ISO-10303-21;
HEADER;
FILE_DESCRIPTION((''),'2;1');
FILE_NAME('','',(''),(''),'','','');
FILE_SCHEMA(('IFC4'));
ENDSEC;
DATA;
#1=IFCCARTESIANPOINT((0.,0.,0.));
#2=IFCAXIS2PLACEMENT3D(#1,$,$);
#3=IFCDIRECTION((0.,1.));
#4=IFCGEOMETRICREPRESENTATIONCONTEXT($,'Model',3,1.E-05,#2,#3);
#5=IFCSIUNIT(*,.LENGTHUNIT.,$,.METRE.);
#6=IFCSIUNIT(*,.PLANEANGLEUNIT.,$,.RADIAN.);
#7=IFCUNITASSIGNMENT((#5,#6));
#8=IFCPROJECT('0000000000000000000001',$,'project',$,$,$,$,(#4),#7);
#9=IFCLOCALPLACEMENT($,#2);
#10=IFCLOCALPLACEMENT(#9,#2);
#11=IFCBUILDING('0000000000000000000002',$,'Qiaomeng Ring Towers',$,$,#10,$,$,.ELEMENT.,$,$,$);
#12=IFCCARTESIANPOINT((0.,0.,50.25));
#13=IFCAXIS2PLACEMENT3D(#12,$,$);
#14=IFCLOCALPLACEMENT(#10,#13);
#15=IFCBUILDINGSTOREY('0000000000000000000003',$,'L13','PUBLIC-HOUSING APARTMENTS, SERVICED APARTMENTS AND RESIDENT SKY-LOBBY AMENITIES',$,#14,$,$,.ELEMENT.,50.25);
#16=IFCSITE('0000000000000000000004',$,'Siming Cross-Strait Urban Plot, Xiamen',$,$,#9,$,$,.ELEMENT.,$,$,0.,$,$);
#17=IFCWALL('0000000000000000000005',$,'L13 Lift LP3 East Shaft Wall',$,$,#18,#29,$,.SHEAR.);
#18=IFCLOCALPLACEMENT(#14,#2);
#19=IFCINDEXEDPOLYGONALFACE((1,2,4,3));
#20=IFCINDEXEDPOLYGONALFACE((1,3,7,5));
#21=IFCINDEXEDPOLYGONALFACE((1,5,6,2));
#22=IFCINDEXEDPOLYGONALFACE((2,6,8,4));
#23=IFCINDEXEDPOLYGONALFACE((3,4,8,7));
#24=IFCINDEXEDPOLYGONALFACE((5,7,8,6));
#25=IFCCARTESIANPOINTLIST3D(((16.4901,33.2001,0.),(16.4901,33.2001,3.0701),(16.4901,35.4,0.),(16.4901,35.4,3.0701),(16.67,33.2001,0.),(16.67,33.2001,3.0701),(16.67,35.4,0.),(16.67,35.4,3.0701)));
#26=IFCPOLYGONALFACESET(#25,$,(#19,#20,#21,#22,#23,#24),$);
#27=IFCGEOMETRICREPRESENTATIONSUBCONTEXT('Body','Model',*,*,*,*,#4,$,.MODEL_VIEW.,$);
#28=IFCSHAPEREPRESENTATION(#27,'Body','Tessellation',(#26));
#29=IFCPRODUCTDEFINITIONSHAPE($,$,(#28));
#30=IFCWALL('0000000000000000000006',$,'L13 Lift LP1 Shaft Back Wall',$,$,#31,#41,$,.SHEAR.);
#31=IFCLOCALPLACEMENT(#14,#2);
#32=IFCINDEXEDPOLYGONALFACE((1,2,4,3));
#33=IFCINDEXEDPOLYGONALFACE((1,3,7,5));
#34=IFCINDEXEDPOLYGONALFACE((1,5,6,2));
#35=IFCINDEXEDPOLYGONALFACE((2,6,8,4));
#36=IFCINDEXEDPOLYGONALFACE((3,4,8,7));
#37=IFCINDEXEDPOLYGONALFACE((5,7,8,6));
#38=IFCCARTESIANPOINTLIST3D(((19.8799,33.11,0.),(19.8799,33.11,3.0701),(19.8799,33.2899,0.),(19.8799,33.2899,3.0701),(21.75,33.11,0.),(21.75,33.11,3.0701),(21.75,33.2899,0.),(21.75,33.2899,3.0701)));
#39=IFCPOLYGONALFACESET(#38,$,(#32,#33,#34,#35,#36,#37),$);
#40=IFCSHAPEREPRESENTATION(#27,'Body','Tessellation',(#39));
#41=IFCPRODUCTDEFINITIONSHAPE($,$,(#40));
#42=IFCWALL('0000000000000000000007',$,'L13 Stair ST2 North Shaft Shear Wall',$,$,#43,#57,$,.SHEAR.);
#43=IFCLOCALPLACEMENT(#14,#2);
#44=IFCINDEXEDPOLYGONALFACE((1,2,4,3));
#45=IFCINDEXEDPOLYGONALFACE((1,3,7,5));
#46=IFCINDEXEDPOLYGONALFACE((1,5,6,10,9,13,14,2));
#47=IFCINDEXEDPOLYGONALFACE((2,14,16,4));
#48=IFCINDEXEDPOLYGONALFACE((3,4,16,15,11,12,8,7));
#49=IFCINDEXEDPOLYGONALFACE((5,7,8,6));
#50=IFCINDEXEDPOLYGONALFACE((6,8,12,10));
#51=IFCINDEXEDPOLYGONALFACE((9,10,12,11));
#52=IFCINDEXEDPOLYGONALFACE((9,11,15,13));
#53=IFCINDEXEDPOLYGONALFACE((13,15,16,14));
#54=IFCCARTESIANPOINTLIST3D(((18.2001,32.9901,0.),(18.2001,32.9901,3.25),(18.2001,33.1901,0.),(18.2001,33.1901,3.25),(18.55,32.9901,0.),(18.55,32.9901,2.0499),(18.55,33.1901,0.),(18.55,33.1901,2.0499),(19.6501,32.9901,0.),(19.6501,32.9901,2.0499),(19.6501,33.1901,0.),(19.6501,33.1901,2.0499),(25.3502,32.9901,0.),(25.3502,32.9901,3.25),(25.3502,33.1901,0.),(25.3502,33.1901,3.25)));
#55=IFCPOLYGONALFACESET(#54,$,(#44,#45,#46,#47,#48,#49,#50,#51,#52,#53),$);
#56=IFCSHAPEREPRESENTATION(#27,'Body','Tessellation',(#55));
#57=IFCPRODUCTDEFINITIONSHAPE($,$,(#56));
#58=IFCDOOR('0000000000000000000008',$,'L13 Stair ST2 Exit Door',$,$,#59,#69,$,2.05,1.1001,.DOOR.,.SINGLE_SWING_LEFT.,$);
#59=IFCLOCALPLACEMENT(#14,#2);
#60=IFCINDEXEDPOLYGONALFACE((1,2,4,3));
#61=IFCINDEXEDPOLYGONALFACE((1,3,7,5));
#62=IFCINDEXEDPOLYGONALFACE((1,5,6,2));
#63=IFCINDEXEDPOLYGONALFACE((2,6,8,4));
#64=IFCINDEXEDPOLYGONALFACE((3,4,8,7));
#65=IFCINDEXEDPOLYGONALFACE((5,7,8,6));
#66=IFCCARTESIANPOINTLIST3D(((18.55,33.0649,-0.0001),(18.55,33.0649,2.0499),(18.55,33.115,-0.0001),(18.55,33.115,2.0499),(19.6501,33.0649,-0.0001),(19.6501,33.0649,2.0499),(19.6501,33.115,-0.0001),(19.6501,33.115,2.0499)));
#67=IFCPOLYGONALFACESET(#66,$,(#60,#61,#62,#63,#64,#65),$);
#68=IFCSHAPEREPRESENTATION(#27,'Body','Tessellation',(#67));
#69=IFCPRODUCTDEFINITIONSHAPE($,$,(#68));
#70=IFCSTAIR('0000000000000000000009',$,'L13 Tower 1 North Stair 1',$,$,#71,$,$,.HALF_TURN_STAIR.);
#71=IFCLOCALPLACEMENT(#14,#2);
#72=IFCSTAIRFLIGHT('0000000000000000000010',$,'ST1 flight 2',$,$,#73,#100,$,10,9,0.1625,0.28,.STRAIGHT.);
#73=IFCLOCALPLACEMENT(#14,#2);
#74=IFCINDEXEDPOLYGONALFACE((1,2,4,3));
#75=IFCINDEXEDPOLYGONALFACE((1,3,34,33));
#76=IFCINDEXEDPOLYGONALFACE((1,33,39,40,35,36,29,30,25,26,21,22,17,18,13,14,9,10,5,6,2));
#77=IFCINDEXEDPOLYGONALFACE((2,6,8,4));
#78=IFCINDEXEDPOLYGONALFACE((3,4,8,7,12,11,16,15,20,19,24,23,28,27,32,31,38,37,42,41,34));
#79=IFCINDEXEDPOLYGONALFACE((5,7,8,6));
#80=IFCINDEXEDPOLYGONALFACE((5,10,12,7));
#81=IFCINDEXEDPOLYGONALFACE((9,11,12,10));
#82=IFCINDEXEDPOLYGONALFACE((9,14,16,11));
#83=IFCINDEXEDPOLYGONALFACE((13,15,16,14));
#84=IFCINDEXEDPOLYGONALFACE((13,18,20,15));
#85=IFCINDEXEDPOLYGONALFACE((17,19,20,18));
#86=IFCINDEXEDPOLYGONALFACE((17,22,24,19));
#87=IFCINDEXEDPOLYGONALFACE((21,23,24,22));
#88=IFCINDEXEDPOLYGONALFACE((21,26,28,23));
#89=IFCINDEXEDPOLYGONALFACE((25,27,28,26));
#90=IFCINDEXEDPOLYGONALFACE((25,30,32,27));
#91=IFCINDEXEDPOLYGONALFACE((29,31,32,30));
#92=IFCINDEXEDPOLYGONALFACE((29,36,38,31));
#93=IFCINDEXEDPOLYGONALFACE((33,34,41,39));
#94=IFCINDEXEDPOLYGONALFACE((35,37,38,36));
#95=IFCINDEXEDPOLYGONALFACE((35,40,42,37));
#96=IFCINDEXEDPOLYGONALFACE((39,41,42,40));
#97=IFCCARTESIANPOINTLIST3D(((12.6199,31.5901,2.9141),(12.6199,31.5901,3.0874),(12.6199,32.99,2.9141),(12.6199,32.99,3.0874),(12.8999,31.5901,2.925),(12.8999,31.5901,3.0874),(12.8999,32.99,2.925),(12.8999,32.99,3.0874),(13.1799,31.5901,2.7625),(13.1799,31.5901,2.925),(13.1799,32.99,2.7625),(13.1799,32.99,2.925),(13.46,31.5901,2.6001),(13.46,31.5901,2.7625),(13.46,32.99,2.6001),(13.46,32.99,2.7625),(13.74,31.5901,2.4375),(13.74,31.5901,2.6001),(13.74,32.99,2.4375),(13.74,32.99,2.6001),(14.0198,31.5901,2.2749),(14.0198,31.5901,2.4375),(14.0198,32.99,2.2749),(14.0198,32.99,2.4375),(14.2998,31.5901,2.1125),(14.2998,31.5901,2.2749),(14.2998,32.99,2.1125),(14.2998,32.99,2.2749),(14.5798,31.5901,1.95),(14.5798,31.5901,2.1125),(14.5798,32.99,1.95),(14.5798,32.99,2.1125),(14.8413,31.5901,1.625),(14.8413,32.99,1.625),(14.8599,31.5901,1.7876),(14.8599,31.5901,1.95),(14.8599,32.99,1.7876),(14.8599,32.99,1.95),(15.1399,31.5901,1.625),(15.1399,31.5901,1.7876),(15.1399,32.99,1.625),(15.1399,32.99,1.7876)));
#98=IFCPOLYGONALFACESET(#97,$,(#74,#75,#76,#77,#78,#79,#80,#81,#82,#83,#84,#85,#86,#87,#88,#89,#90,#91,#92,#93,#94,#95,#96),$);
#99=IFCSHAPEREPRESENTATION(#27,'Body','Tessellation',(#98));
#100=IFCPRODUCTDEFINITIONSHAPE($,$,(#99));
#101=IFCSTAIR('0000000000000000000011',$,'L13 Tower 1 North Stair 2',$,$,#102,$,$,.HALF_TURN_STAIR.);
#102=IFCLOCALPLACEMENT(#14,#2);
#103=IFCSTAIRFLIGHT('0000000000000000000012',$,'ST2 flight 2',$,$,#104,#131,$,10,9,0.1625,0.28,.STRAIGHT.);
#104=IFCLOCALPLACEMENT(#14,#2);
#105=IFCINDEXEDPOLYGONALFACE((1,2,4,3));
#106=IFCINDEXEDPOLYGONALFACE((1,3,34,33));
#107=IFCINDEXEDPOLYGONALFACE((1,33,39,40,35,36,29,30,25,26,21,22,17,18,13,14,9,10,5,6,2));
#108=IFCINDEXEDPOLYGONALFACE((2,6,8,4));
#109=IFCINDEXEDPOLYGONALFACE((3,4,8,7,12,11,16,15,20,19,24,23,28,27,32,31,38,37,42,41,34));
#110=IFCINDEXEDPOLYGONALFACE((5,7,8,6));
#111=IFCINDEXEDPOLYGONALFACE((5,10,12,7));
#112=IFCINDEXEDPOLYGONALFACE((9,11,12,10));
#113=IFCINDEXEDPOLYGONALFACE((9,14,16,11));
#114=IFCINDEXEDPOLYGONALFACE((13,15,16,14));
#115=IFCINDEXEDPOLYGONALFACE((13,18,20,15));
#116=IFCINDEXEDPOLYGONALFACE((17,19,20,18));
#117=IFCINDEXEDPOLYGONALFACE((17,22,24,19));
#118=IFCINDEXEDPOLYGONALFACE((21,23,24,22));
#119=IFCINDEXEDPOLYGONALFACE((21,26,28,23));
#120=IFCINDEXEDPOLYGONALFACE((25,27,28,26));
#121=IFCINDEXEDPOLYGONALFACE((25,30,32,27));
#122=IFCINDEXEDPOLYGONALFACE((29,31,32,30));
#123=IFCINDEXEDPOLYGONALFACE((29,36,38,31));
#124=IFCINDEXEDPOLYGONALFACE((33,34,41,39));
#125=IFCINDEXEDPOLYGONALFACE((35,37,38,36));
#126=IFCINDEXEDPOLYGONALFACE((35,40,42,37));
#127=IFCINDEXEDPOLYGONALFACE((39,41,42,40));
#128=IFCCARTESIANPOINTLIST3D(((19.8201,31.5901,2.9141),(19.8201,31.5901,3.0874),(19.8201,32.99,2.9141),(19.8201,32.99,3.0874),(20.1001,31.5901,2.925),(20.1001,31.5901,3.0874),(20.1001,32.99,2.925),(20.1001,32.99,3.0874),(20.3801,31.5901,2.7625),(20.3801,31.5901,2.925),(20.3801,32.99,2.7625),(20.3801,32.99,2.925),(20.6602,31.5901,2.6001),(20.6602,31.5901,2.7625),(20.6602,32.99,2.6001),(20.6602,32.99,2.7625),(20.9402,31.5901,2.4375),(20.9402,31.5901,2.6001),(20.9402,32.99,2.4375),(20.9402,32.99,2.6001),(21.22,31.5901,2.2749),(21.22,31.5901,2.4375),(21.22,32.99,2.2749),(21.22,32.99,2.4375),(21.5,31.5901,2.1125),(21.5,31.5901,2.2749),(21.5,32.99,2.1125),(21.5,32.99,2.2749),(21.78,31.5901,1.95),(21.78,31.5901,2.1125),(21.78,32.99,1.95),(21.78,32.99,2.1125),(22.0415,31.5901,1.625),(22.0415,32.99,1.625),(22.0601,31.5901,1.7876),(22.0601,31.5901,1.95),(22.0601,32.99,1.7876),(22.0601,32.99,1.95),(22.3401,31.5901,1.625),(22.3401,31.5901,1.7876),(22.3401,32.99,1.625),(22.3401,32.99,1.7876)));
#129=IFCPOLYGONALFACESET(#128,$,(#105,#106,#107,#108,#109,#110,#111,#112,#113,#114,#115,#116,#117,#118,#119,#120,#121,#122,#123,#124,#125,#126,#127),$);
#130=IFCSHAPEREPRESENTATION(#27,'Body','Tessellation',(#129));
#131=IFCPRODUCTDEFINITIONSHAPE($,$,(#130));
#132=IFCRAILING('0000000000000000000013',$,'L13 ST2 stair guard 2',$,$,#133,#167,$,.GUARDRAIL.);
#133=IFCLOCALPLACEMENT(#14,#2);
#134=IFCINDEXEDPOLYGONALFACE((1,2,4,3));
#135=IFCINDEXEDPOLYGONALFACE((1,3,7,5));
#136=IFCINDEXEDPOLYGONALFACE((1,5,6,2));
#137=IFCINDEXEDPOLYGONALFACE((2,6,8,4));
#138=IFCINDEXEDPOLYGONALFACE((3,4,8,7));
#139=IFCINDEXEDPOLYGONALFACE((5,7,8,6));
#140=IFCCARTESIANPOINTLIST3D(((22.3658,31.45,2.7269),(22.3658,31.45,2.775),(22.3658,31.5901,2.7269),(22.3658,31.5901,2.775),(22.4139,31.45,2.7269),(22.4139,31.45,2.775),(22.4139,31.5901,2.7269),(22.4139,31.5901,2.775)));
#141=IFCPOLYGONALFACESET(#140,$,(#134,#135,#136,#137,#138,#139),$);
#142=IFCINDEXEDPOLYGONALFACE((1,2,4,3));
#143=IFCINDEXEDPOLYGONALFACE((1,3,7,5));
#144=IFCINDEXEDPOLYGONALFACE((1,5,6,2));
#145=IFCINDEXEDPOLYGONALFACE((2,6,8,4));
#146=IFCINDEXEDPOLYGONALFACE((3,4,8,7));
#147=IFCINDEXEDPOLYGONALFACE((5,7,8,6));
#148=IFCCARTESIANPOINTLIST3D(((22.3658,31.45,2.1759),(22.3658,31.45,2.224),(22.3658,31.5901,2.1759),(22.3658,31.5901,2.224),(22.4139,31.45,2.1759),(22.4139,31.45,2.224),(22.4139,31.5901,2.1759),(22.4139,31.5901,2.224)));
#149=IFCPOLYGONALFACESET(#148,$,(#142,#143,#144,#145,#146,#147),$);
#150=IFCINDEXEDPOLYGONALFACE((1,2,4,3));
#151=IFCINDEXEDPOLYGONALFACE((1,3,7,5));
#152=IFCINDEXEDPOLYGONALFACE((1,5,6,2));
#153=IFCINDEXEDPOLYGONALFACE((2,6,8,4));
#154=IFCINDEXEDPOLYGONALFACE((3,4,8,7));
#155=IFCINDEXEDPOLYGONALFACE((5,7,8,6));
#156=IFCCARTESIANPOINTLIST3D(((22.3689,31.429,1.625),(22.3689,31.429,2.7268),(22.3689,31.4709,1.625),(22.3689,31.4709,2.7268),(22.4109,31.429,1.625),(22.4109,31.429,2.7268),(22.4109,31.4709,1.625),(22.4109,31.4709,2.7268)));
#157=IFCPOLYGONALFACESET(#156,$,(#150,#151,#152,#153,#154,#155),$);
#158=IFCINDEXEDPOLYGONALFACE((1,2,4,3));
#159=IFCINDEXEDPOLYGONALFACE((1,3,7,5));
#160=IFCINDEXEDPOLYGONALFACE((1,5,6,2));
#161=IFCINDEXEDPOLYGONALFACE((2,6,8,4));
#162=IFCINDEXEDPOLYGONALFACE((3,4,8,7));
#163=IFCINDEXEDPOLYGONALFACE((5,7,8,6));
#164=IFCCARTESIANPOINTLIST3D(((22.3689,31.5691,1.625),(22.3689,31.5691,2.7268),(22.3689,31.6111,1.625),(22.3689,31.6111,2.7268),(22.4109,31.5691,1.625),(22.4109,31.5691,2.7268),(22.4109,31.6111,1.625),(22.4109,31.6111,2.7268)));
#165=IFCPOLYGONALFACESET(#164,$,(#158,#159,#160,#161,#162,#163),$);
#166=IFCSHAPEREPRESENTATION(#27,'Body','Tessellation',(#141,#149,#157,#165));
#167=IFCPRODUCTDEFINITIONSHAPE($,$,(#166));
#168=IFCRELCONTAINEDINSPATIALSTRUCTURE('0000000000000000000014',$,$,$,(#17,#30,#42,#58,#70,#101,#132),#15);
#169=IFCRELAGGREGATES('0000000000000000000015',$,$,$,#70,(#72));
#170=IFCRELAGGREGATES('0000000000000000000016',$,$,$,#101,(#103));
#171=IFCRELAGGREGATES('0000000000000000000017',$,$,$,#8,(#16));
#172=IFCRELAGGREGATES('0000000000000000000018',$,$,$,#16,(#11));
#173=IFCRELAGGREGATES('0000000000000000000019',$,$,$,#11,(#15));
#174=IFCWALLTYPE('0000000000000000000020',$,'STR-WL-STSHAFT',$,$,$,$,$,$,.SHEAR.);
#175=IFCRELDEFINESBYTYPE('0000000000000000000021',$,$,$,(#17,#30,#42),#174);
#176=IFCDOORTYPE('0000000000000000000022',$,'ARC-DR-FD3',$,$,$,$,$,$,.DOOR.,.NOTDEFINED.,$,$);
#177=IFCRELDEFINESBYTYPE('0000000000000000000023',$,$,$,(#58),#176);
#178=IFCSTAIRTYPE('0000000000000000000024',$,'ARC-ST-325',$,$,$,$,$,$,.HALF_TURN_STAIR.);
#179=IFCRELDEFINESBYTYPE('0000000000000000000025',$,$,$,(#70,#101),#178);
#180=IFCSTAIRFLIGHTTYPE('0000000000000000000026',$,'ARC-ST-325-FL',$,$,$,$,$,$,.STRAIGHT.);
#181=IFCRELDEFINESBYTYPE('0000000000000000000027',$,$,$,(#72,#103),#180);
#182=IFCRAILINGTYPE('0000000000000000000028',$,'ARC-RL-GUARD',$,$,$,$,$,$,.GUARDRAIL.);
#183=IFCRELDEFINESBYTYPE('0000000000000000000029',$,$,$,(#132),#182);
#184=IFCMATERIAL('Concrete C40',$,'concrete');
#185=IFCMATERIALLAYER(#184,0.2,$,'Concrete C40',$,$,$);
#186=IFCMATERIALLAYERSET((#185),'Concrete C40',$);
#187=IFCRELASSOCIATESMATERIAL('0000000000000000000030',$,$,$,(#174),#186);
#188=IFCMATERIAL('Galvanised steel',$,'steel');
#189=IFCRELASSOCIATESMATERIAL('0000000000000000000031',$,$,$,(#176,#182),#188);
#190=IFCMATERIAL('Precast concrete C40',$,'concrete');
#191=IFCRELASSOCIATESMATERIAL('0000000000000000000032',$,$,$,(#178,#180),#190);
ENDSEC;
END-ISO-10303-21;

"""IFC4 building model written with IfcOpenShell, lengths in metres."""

from ifc_helpers import new_model, si_unit, direction, frame, frame_2d, origin, origin_2d, place, context, subcontext, project, spatial, polyline, rectangle, outline, extrude, source, transform, mapped, material, layer, layer_set, type_object, element, fill, aggregate, save


model = new_model("IFC4")

# Units and contexts
model_context = context("Model", 3, precision=1e-05, world=origin(), true_north=direction((0.0, 1.0)))
body_context = subcontext(model_context, "Body", "Model", "MODEL_VIEW")
ifc_project = project(units=[si_unit("LENGTHUNIT", "METRE"), si_unit("PLANEANGLEUNIT", "RADIAN")], contexts=[model_context])

# Site, building, storey
site_placement = place(None, origin())
site = spatial("IfcSite", under=ifc_project, at=site_placement, Name="Siming Cross-Strait Urban Plot, Xiamen", CompositionType="ELEMENT", RefElevation=0.0)
building_placement = place(site_placement, origin())
building = spatial("IfcBuilding", under=site, at=building_placement, Name="Qiaomeng Ring Towers", CompositionType="ELEMENT")
storey_placement = place(building_placement, frame((0.0, 0.0, 50.25)))
storey = spatial("IfcBuildingStorey", under=building, at=storey_placement, Name="L13", Description="PUBLIC-HOUSING APARTMENTS, SERVICED APARTMENTS AND RESIDENT SKY-LOBBY AMENITIES", CompositionType="ELEMENT", Elevation=50.25)

# Walls
ifc_material_1 = material(Name="Concrete C40", Category="concrete")
ifc_layer_1 = layer(ifc_material_1, 0.2, Name="Concrete C40")
ifc_layer_set_1 = layer_set([ifc_layer_1], Name="Concrete C40")
wall_type_1 = type_object("IfcWallType", Name="STR-WL-STSHAFT", PredefinedType="SHEAR", material=ifc_layer_set_1)
wall_1_placement = place(storey_placement, frame((16.5801, 33.2, 0.0), z_axis=(0.0, 0.0, 1.0), x_axis=(0.0, 1.0, 0.0)))
element("IfcWall", 1, at=wall_1_placement, inside=storey, type_object=wall_type_1, Name="L13 Lift LP3 East Shaft Wall", PredefinedType="SHEAR", context=body_context, shape_type="SweptSolid", body=[
    extrude(rectangle(XDim=2.2, YDim=0.1799, at=frame_2d((1.1001, 0.0))), origin(), (0.0, 0.0, 1.0), 3.0701),
])
wall_2_placement = place(storey_placement, frame((19.8799, 33.2, 0.0), z_axis=(0.0, 0.0, 1.0), x_axis=(1.0, 0.0, 0.0)))
element("IfcWall", 2, at=wall_2_placement, inside=storey, type_object=wall_type_1, Name="L13 Lift LP1 Shaft Back Wall", PredefinedType="SHEAR", context=body_context, shape_type="SweptSolid", body=[
    extrude(rectangle(XDim=1.8701, YDim=0.1799, at=frame_2d((0.9351, 0.0))), origin(), (0.0, 0.0, 1.0), 3.0701),
])

# Wall, opening, door
wall_3_placement = place(storey_placement, frame((18.2, 33.0901, 0.0), z_axis=(0.0, 0.0, 1.0), x_axis=(1.0, 0.0, 0.0)))
wall_3 = element("IfcWall", 3, at=wall_3_placement, inside=storey, type_object=wall_type_1, Name="L13 Stair ST2 North Shaft Shear Wall", PredefinedType="SHEAR", context=body_context, shape_type="SweptSolid", body=[
    extrude(rectangle(XDim=7.1501, YDim=0.2, at=frame_2d((3.5752, 0.0))), origin(), (0.0, 0.0, 1.0), 3.25),
])
opening_placement = place(wall_3_placement, frame((0.3501, 0.0, 0.0)))
opening = element("IfcOpeningElement", 4, at=opening_placement, cuts=wall_3, PredefinedType="OPENING", context=body_context, shape_type="SweptSolid", body=[
    extrude(rectangle(XDim=1.1001, YDim=2.05, at=frame_2d((0.55, 1.0249))), frame((0.0, 0.1099, 0.0), z_axis=(0.0, -1.0, 0.0), x_axis=(1.0, 0.0, 0.0)), (0.0, 0.0, 1.0), 0.22),
])
ifc_material_2 = material(Name="Galvanised steel", Category="steel")
door_type = type_object("IfcDoorType", Name="ARC-DR-FD3", OperationType="NOTDEFINED", PredefinedType="DOOR", material=ifc_material_2)
shared_shape_1 = source(origin(), body_context, "Body", "SweptSolid", [
    extrude(rectangle(XDim=1.1001, YDim=2.05, at=frame_2d((0.55, 1.0249))), frame((0.0, 0.0249, 0.0), z_axis=(0.0, -1.0, 0.0), x_axis=(1.0, 0.0, 0.0)), (0.0, 0.0, 1.0), 0.05),
])
door_placement = place(opening_placement, origin())
door = element("IfcDoor", 5, at=door_placement, inside=storey, type_object=door_type, Name="L13 Stair ST2 Exit Door", OperationType="SINGLE_SWING_LEFT", OverallHeight=2.05, OverallWidth=1.1001, PredefinedType="DOOR", context=body_context, shape_type="MappedRepresentation", body=[
    mapped(shared_shape_1, transform((0.0, 0.0, 0.0), x_axis=(1.0, 0.0, 0.0), y_axis=(0.0, 1.0, 0.0), z_axis=(0.0, 0.0, 1.0), scale=1.0)),
])
fill(opening, door)

# Stairs, stair flights
ifc_material_3 = material(Name="Precast concrete C40", Category="concrete")
stair_type = type_object("IfcStairType", Name="ARC-ST-325", PredefinedType="HALF_TURN_STAIR", material=ifc_material_3)
stair_1_placement = place(storey_placement, origin())
stair_1 = element("IfcStair", 6, at=stair_1_placement, inside=storey, type_object=stair_type, Name="L13 Tower 1 North Stair 1", PredefinedType="HALF_TURN_STAIR")
stair_flight_type = type_object("IfcStairFlightType", Name="ARC-ST-325-FL", PredefinedType="STRAIGHT", material=ifc_material_3)
shared_shape_2 = source(origin(), body_context, "Body", "SweptSolid", [
    extrude(outline(polyline([(0.0, 0.0), (0.0, 0.1626), (0.28, 0.1626), (0.28, 0.325), (0.5601, 0.325), (0.5601, 0.4875), (0.8401, 0.4875), (0.8401, 0.6499), (1.1201, 0.6499), (1.1201, 0.8125), (1.3999, 0.8125), (1.3999, 0.9751), (1.6799, 0.9751), (1.6799, 1.1375), (1.96, 1.1375), (1.96, 1.3), (2.24, 1.3), (2.24, 1.4624), (2.52, 1.4624), (2.52, 1.625), (2.52, 1.2891), (0.2986, 0.0), (0.0, 0.0)])), frame((0.0, 0.7, 0.0), z_axis=(0.0, -1.0, 0.0), x_axis=(1.0, 0.0, 0.0)), (0.0, 0.0, 1.0), 1.3999),
])
stair_flight_1_placement = place(storey_placement, frame((15.1399, 32.29, 1.625), z_axis=(0.0, 0.0, 1.0), x_axis=(-1.0, 0.0, 0.0)))
stair_flight_1 = element("IfcStairFlight", 7, at=stair_flight_1_placement, type_object=stair_flight_type, Name="ST1 flight 2", NumberOfRisers=10, NumberOfTreads=9, PredefinedType="STRAIGHT", RiserHeight=0.1625, TreadLength=0.28, context=body_context, shape_type="MappedRepresentation", body=[
    mapped(shared_shape_2, transform((0.0, 0.0, 0.0), x_axis=(1.0, 0.0, 0.0), y_axis=(0.0, 1.0, 0.0), z_axis=(0.0, 0.0, 1.0), scale=1.0)),
])
aggregate(stair_1, [stair_flight_1])
stair_2_placement = place(storey_placement, origin())
stair_2 = element("IfcStair", 8, at=stair_2_placement, inside=storey, type_object=stair_type, Name="L13 Tower 1 North Stair 2", PredefinedType="HALF_TURN_STAIR")
stair_flight_2_placement = place(storey_placement, frame((22.3401, 32.29, 1.625), z_axis=(0.0, 0.0, 1.0), x_axis=(-1.0, 0.0, 0.0)))
stair_flight_2 = element("IfcStairFlight", 9, at=stair_flight_2_placement, type_object=stair_flight_type, Name="ST2 flight 2", NumberOfRisers=10, NumberOfTreads=9, PredefinedType="STRAIGHT", RiserHeight=0.1625, TreadLength=0.28, context=body_context, shape_type="MappedRepresentation", body=[
    mapped(shared_shape_2, transform((0.0, 0.0, 0.0), x_axis=(1.0, 0.0, 0.0), y_axis=(0.0, 1.0, 0.0), z_axis=(0.0, 0.0, 1.0), scale=1.0)),
])
aggregate(stair_2, [stair_flight_2])

# Railing
railing_type_1 = type_object("IfcRailingType", Name="ARC-RL-GUARD", PredefinedType="GUARDRAIL", material=ifc_material_2)
railing_1_placement = place(storey_placement, frame((22.3899, 31.45, 1.625)))
element("IfcRailing", 10, at=railing_1_placement, inside=storey, type_object=railing_type_1, Name="L13 ST2 stair guard 2", PredefinedType="GUARDRAIL", context=body_context, shape_type="SweptSolid", body=[
    extrude(rectangle(XDim=0.0481, YDim=0.0481, at=origin_2d()), frame((0.0, 0.0, 1.126), z_axis=(0.0, 1.0, 0.0), x_axis=(-1.0, 0.0, 0.0)), (0.0, 0.0, 1.0), 0.1401),
    extrude(rectangle(XDim=0.0481, YDim=0.0481, at=origin_2d()), frame((0.0, 0.0, 0.575), z_axis=(0.0, 1.0, 0.0), x_axis=(-1.0, 0.0, 0.0)), (0.0, 0.0, 1.0), 0.1401),
    extrude(rectangle(XDim=0.042, YDim=0.042, at=origin_2d()), origin(), (0.0, 0.0, 1.0), 1.1018),
    extrude(rectangle(XDim=0.042, YDim=0.042, at=origin_2d()), frame((0.0, 0.1401, 0.0)), (0.0, 0.0, 1.0), 1.1018),
])

save(model, "model.ifc")
